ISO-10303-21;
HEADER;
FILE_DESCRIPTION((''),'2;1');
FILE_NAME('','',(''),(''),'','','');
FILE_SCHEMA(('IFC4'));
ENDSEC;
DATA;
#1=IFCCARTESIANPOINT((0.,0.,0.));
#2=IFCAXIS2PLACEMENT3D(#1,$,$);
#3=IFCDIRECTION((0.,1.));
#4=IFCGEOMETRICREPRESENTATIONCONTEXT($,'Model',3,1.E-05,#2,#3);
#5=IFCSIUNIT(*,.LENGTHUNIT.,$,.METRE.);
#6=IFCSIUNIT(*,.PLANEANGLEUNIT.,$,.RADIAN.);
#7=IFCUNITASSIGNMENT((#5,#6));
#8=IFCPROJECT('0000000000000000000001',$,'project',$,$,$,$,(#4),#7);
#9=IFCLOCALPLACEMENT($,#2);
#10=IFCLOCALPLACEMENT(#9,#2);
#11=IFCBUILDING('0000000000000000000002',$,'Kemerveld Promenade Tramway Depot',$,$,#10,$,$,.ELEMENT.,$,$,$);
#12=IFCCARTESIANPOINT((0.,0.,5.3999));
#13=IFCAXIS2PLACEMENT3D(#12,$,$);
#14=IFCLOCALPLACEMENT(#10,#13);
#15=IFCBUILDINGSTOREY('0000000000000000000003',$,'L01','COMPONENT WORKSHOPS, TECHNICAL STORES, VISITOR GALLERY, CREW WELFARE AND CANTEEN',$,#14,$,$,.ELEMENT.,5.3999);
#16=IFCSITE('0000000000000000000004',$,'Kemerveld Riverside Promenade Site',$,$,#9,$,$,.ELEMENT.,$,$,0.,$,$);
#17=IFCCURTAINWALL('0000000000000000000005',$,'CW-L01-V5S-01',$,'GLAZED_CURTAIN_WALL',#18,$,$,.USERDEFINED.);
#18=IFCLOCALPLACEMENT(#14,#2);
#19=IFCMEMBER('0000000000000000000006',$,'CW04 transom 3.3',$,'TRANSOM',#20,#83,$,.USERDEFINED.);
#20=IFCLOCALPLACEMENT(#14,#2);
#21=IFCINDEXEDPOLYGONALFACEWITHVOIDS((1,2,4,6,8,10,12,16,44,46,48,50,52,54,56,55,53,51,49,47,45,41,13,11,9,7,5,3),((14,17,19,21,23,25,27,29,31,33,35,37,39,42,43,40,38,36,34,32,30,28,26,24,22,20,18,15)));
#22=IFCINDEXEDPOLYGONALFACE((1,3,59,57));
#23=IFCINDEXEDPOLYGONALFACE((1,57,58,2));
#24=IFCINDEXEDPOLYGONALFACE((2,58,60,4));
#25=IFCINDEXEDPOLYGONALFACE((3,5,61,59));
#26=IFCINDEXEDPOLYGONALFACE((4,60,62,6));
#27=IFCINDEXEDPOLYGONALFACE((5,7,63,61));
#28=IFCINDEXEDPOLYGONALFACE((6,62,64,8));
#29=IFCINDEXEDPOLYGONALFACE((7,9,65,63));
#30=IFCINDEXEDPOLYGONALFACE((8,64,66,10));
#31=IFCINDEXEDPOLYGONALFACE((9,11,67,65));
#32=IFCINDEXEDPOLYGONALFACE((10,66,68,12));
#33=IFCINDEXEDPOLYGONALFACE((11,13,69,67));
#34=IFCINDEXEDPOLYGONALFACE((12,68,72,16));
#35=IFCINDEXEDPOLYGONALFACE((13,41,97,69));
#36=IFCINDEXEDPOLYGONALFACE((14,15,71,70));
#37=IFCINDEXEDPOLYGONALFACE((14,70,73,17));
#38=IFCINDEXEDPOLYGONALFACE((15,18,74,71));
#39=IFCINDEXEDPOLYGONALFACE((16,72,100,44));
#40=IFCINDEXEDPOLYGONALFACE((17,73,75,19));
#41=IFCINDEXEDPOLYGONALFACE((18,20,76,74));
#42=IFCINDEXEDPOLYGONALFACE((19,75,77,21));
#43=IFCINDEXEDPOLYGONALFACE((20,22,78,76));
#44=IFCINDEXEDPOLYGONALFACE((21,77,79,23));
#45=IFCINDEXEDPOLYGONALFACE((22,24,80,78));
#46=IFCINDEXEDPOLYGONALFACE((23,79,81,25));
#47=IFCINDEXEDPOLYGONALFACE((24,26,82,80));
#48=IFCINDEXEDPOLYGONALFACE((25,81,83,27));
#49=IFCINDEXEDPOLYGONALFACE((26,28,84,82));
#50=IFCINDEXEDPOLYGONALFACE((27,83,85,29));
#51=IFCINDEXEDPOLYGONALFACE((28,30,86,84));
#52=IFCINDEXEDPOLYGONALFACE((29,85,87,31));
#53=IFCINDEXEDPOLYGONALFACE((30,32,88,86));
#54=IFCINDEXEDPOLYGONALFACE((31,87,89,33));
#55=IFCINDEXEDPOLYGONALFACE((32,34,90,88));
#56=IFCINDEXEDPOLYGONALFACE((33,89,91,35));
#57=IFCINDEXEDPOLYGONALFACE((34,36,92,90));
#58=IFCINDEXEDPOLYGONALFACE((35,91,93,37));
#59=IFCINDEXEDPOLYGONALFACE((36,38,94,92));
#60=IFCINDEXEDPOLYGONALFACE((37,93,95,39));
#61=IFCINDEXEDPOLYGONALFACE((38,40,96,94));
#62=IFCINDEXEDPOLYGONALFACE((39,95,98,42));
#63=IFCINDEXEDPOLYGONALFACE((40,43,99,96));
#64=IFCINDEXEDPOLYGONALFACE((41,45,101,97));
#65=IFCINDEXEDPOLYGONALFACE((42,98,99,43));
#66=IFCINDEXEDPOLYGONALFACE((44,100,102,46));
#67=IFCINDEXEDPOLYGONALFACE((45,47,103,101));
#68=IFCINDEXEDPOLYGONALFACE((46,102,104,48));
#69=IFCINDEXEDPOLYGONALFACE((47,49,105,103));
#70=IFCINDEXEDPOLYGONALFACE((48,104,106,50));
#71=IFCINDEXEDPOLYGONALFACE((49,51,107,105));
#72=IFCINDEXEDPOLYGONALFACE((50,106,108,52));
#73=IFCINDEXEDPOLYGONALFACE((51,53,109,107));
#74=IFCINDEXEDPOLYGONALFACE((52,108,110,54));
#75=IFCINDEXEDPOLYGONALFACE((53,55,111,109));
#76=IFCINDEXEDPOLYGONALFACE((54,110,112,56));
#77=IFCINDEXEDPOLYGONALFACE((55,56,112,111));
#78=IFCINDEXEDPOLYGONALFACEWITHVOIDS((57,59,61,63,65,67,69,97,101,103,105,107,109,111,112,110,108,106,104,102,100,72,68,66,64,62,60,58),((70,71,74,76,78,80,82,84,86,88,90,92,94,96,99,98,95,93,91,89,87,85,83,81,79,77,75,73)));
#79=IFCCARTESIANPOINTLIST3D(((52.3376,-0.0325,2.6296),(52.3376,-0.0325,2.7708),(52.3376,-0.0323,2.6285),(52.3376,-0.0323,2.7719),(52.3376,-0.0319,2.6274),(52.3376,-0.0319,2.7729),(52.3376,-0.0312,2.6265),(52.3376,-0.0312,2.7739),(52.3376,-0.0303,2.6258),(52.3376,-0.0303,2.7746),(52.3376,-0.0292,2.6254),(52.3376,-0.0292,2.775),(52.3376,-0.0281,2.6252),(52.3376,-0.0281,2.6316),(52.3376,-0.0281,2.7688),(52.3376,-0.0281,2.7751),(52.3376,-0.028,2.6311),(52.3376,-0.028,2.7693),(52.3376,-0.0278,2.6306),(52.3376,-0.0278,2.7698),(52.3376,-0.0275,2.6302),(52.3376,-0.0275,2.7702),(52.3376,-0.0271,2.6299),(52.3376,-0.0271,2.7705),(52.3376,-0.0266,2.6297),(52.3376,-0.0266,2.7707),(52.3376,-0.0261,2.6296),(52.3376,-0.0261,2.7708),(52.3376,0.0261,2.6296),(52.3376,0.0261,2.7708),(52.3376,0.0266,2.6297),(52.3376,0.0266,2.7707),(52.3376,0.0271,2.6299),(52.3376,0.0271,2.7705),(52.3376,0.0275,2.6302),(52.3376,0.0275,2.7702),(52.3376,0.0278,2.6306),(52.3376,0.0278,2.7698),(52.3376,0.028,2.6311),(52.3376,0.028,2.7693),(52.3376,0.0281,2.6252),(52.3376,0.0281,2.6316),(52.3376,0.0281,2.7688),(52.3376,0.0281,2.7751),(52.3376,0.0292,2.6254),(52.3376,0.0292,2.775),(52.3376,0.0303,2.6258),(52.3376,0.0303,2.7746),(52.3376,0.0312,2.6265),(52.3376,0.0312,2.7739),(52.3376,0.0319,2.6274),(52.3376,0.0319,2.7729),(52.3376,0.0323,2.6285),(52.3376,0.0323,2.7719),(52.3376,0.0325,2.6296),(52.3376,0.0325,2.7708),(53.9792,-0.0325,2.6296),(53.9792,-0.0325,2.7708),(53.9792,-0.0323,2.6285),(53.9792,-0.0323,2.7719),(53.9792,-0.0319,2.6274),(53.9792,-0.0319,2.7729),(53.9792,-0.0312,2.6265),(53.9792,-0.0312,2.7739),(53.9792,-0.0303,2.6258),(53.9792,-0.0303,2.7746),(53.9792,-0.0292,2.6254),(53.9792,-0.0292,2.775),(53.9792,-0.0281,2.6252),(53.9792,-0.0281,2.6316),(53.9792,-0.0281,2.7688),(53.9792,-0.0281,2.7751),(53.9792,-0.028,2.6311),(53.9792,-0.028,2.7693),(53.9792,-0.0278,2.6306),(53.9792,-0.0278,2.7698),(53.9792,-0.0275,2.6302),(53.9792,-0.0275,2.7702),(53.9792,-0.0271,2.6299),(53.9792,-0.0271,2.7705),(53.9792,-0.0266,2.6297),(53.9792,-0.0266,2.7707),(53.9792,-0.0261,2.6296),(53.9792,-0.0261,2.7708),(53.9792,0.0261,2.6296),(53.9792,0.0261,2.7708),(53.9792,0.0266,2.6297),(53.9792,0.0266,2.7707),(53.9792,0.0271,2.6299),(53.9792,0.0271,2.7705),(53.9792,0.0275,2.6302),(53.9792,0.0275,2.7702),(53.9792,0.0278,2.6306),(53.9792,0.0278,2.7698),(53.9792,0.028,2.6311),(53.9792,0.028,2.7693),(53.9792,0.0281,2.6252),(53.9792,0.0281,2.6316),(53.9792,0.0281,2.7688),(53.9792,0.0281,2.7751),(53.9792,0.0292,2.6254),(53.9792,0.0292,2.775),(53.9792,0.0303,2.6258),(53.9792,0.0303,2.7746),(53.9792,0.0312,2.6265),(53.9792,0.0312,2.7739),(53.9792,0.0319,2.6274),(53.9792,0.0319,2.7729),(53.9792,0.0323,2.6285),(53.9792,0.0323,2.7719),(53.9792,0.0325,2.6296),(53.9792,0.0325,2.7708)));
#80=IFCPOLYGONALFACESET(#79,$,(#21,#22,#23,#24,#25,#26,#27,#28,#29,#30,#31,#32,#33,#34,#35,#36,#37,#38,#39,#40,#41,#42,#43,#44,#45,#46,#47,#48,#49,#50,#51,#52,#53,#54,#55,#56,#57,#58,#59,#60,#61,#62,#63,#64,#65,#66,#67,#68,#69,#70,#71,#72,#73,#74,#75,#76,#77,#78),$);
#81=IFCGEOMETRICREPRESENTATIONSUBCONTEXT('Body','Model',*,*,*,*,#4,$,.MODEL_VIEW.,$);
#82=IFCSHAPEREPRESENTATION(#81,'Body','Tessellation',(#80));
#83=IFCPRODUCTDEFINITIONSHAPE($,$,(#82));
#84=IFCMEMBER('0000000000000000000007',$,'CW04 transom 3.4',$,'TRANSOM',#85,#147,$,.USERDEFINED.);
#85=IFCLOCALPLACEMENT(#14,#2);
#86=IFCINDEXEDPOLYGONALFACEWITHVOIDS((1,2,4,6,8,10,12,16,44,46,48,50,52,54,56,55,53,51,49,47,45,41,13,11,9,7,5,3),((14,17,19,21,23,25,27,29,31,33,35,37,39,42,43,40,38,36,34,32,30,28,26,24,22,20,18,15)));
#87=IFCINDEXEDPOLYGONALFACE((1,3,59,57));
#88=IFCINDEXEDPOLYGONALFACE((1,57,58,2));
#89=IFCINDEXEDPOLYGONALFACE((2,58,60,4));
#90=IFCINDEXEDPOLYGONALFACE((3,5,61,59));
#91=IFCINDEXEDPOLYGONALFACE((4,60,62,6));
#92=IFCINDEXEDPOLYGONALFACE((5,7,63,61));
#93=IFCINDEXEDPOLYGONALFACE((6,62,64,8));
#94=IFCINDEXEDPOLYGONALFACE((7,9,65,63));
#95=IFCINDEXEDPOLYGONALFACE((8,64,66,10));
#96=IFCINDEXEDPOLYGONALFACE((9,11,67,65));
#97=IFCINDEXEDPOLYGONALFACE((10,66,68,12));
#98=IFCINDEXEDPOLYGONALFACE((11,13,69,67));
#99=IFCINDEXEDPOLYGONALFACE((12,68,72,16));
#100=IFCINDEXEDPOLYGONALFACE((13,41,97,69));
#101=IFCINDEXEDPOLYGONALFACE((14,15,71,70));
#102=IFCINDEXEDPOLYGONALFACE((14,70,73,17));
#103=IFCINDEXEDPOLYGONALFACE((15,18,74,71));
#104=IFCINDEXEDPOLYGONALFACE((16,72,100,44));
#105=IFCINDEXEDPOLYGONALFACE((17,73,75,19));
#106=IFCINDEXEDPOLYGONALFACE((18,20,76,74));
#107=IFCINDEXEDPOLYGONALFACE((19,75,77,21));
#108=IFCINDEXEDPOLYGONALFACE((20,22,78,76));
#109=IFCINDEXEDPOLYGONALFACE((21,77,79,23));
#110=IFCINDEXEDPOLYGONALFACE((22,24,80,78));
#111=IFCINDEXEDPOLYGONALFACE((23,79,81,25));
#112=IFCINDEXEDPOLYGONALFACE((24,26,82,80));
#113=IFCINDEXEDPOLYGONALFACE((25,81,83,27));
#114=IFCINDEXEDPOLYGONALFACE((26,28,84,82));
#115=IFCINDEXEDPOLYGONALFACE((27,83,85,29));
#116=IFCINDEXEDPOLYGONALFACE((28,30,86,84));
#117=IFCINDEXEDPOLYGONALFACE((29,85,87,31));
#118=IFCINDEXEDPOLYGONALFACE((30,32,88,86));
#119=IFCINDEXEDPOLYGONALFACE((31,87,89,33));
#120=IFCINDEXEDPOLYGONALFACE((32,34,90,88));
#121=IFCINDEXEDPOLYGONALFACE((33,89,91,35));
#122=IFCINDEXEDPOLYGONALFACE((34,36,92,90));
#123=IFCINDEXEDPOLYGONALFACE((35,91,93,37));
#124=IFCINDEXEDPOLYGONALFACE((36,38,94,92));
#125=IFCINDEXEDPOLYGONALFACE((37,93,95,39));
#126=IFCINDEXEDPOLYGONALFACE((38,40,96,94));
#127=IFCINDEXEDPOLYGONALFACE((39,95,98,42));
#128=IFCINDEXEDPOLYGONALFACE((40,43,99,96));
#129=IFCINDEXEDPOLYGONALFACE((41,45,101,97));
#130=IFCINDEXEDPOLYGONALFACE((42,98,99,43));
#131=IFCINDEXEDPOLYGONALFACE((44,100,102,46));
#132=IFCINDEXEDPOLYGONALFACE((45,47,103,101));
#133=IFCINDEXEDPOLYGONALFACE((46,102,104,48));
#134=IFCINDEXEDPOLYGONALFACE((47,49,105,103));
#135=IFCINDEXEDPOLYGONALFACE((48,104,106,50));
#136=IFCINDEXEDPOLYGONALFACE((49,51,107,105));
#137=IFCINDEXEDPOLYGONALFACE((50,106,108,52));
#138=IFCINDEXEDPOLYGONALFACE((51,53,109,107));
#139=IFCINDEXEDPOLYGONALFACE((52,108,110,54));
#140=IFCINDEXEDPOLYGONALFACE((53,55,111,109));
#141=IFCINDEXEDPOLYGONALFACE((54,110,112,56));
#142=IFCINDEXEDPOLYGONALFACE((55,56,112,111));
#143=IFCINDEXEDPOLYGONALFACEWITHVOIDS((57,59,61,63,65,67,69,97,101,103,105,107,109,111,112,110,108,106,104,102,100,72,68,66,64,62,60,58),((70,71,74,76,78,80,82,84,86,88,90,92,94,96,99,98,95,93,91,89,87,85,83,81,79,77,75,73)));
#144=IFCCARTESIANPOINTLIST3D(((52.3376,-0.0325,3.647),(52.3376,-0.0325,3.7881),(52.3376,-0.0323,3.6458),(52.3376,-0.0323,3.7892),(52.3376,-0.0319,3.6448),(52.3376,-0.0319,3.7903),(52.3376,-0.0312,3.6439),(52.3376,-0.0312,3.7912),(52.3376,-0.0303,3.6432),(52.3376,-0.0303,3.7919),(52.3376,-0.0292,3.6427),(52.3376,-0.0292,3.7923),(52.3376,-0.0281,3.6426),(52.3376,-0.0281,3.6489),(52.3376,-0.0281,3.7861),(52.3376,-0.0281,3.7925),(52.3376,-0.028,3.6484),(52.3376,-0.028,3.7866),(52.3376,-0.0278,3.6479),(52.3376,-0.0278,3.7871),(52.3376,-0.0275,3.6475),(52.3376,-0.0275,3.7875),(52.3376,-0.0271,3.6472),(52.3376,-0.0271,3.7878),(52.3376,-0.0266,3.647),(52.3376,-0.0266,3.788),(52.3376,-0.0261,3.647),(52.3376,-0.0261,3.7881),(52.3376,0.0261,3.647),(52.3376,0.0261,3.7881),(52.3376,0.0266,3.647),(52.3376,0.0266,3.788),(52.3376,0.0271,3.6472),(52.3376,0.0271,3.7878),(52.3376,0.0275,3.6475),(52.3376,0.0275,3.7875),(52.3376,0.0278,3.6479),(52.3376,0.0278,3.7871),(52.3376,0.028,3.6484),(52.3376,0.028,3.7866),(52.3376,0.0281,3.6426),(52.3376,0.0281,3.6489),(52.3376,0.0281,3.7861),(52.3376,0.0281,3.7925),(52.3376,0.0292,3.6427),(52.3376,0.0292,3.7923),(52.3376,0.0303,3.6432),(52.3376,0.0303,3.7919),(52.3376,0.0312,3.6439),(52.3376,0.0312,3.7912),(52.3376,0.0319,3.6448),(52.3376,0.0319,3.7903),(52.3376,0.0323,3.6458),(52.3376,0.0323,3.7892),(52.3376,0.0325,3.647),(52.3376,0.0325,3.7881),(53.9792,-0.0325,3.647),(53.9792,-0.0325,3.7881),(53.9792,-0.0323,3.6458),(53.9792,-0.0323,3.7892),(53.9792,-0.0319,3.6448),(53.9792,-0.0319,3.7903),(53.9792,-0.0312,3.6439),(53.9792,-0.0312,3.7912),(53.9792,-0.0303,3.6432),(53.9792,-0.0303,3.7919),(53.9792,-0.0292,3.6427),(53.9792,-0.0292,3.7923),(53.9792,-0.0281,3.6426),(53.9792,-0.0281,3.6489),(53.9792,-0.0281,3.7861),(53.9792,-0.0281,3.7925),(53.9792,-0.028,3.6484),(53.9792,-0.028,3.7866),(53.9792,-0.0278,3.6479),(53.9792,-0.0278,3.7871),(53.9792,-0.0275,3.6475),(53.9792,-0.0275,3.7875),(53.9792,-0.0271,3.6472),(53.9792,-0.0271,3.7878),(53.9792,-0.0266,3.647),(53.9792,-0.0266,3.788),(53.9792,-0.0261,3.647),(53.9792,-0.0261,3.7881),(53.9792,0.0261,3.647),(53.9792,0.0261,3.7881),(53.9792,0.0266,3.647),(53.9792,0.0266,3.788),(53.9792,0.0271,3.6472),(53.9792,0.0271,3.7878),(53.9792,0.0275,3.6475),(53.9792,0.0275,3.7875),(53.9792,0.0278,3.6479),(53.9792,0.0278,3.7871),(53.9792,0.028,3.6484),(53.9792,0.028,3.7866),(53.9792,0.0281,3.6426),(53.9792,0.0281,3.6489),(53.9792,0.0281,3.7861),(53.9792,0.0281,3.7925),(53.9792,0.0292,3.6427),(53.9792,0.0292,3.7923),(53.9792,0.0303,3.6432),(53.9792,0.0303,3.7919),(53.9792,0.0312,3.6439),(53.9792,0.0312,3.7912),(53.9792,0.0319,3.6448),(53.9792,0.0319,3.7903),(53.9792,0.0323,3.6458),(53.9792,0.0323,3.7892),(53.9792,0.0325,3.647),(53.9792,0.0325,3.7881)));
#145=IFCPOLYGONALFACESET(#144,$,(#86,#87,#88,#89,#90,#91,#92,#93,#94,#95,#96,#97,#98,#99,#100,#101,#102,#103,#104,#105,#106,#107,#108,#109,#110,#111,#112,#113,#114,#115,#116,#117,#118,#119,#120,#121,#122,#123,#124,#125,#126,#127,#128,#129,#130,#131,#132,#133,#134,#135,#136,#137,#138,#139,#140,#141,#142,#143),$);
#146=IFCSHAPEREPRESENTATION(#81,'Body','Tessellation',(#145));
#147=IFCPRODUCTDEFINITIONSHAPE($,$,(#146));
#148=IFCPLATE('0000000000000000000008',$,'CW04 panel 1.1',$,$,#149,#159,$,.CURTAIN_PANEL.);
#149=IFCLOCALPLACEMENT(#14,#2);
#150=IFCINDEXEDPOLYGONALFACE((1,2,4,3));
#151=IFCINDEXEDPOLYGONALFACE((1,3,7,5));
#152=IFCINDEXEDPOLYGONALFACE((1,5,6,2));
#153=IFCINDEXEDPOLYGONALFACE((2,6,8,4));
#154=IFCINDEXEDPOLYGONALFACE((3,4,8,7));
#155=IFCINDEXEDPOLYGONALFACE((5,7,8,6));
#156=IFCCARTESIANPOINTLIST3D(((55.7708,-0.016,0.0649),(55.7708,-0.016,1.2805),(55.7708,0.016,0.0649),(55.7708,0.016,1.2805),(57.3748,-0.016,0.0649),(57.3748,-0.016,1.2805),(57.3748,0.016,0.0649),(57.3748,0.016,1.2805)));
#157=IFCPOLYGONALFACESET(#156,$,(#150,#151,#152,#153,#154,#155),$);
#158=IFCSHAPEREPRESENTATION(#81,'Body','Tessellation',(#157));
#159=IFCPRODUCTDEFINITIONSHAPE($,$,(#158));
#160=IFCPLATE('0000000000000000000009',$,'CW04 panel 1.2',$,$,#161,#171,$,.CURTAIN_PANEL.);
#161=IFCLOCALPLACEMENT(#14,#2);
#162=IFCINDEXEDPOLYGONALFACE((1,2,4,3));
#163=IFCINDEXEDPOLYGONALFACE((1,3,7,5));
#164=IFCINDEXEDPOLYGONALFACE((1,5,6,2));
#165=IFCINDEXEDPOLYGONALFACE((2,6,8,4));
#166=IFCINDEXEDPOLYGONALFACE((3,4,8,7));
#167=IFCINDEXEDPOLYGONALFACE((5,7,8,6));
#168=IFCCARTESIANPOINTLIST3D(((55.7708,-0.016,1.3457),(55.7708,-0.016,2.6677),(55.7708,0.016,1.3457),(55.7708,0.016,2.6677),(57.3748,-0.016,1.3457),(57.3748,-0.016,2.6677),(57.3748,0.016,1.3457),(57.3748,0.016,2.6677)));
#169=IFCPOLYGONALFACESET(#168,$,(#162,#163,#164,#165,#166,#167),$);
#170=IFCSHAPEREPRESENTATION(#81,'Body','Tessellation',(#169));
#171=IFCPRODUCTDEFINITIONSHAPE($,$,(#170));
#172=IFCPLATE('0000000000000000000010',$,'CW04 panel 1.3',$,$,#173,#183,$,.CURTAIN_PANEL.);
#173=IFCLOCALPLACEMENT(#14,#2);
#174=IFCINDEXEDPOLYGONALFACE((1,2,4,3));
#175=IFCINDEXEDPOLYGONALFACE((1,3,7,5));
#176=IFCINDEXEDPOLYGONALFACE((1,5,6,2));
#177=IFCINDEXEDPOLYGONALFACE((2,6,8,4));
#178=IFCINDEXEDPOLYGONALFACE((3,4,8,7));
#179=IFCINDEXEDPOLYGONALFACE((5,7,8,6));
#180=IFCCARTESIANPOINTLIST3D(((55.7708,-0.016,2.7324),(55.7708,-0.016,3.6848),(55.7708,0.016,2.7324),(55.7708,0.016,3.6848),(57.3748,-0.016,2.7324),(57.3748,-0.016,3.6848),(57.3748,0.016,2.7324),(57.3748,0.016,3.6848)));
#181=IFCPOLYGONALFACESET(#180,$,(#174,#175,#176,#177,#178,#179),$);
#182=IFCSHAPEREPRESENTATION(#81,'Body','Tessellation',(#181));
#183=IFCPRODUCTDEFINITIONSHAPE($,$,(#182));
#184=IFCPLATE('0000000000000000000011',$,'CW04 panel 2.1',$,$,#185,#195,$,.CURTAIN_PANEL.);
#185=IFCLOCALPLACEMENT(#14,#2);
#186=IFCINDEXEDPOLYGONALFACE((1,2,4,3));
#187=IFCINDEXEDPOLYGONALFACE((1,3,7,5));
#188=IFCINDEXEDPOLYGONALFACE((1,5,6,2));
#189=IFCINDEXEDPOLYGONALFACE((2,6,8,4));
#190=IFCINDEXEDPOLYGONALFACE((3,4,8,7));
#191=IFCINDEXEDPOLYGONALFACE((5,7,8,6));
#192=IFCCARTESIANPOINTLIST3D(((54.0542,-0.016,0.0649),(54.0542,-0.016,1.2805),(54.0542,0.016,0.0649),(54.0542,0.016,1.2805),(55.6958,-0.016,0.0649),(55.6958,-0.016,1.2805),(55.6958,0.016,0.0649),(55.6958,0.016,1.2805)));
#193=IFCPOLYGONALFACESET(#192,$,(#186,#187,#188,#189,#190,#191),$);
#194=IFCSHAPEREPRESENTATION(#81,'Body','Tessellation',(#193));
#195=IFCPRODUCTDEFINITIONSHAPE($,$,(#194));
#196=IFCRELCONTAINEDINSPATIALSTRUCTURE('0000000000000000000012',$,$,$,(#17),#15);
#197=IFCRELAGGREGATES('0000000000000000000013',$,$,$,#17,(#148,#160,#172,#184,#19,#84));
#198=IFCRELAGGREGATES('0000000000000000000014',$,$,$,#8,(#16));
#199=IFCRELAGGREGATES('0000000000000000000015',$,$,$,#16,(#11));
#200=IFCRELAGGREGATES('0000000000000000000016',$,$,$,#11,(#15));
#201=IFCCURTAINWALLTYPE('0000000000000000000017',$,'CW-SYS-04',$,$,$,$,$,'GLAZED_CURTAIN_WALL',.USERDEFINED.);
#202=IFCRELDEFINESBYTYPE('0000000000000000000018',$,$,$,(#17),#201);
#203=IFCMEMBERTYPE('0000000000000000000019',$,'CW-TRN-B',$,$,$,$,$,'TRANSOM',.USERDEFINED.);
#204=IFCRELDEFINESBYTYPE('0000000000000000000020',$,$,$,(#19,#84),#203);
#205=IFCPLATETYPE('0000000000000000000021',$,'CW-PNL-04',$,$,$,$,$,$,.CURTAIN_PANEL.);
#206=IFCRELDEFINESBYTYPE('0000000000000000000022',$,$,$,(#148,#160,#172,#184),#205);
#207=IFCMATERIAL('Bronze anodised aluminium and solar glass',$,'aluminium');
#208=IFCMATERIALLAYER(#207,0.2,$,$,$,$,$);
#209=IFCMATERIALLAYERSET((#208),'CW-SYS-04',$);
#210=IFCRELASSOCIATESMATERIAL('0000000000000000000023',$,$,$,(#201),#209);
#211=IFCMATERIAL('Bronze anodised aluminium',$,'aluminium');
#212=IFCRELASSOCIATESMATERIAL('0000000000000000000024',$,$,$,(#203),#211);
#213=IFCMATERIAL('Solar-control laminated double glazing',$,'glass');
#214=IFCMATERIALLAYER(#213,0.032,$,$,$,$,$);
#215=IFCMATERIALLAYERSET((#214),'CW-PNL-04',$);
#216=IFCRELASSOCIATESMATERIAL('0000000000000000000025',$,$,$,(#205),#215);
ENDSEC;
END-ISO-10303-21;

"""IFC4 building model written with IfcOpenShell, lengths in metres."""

from ifc_helpers import new_model, si_unit, direction, frame, origin, origin_2d, place, context, subcontext, project, spatial, rectangle, hollow_rectangle, extrude, material, layer, layer_set, material_profile, profile_set, type_object, element, aggregate, save


model = new_model("IFC4")

# Units and contexts
model_context = context("Model", 3, precision=1e-05, world=origin(), true_north=direction((0.0, 1.0)))
body_context = subcontext(model_context, "Body", "Model", "MODEL_VIEW")
ifc_project = project(units=[si_unit("LENGTHUNIT", "METRE"), si_unit("PLANEANGLEUNIT", "RADIAN")], contexts=[model_context])

# Site, building, storey
site_placement = place(None, origin())
site = spatial("IfcSite", under=ifc_project, at=site_placement, Name="Kemerveld Riverside Promenade Site", CompositionType="ELEMENT", RefElevation=0.0)
building_placement = place(site_placement, origin())
building = spatial("IfcBuilding", under=site, at=building_placement, Name="Kemerveld Promenade Tramway Depot", CompositionType="ELEMENT")
storey_placement = place(building_placement, frame((0.0, 0.0, 5.3999)))
storey = spatial("IfcBuildingStorey", under=building, at=storey_placement, Name="L01", Description="COMPONENT WORKSHOPS, TECHNICAL STORES, VISITOR GALLERY, CREW WELFARE AND CANTEEN", CompositionType="ELEMENT", Elevation=5.3999)

# Curtain wall, members, plates
ifc_material_1 = material(Name="Bronze anodised aluminium and solar glass", Category="aluminium")
ifc_layer_1 = layer(ifc_material_1, 0.2)
ifc_layer_set_1 = layer_set([ifc_layer_1], Name="CW-SYS-04")
curtain_wall_type = type_object("IfcCurtainWallType", Name="CW-SYS-04", ElementType="GLAZED_CURTAIN_WALL", PredefinedType="USERDEFINED", material=ifc_layer_set_1)
curtain_wall_placement = place(storey_placement, origin())
curtain_wall = element("IfcCurtainWall", 1, at=curtain_wall_placement, inside=storey, type_object=curtain_wall_type, Name="CW-L01-V5S-01", ObjectType="GLAZED_CURTAIN_WALL", PredefinedType="USERDEFINED")
ifc_material_2 = material(Name="Bronze anodised aluminium", Category="aluminium")
ifc_material_profile_1 = material_profile(ifc_material_2, hollow_rectangle(XDim=0.0649, YDim=0.1499, WallThickness=0.0044, InnerFilletRadius=0.002, OuterFilletRadius=0.0044, at=origin_2d()), Name="CW-TRN-150x65")
ifc_profile_set_1 = profile_set([ifc_material_profile_1], Name="Bronze anodised aluminium")
member_type_1 = type_object("IfcMemberType", Name="CW-TRN-B", ElementType="TRANSOM", PredefinedType="USERDEFINED", material=ifc_profile_set_1)
member_1_placement = place(storey_placement, frame((53.9792, 0.0, 2.7002), z_axis=(-1.0, 0.0, 0.0), x_axis=(0.0, -1.0, 0.0)))
member_1 = element("IfcMember", 2, at=member_1_placement, type_object=member_type_1, Name="CW04 transom 3.3", ObjectType="TRANSOM", PredefinedType="USERDEFINED", context=body_context, shape_type="SweptSolid", body=[
    extrude(hollow_rectangle(XDim=0.0649, YDim=0.1499, WallThickness=0.0044, InnerFilletRadius=0.002, OuterFilletRadius=0.0044, at=origin_2d()), origin(), (0.0, 0.0, 1.0), 1.6416),
])
member_2_placement = place(storey_placement, frame((53.9792, 0.0, 3.7175), z_axis=(-1.0, 0.0, 0.0), x_axis=(0.0, -1.0, 0.0)))
member_2 = element("IfcMember", 3, at=member_2_placement, type_object=member_type_1, Name="CW04 transom 3.4", ObjectType="TRANSOM", PredefinedType="USERDEFINED", context=body_context, shape_type="SweptSolid", body=[
    extrude(hollow_rectangle(XDim=0.0649, YDim=0.1499, WallThickness=0.0044, InnerFilletRadius=0.002, OuterFilletRadius=0.0044, at=origin_2d()), origin(), (0.0, 0.0, 1.0), 1.6416),
])
ifc_material_3 = material(Name="Solar-control laminated double glazing", Category="glass")
ifc_layer_2 = layer(ifc_material_3, 0.032)
ifc_layer_set_2 = layer_set([ifc_layer_2], Name="CW-PNL-04")
plate_type = type_object("IfcPlateType", Name="CW-PNL-04", PredefinedType="CURTAIN_PANEL", material=ifc_layer_set_2)
plate_1_placement = place(storey_placement, frame((56.5728, 0.0, 0.0649), z_axis=(0.0, 0.0, 1.0), x_axis=(-1.0, 0.0, 0.0)))
plate_1 = element("IfcPlate", 4, at=plate_1_placement, type_object=plate_type, Name="CW04 panel 1.1", PredefinedType="CURTAIN_PANEL", context=body_context, shape_type="SweptSolid", body=[
    extrude(rectangle(XDim=1.604, YDim=0.032, at=origin_2d()), origin(), (0.0, 0.0, 1.0), 1.2156),
])
plate_2_placement = place(storey_placement, frame((56.5728, 0.0, 1.3457), z_axis=(0.0, 0.0, 1.0), x_axis=(-1.0, 0.0, 0.0)))
plate_2 = element("IfcPlate", 5, at=plate_2_placement, type_object=plate_type, Name="CW04 panel 1.2", PredefinedType="CURTAIN_PANEL", context=body_context, shape_type="SweptSolid", body=[
    extrude(rectangle(XDim=1.604, YDim=0.032, at=origin_2d()), origin(), (0.0, 0.0, 1.0), 1.322),
])
plate_3_placement = place(storey_placement, frame((56.5728, 0.0, 2.7324), z_axis=(0.0, 0.0, 1.0), x_axis=(-1.0, 0.0, 0.0)))
plate_3 = element("IfcPlate", 6, at=plate_3_placement, type_object=plate_type, Name="CW04 panel 1.3", PredefinedType="CURTAIN_PANEL", context=body_context, shape_type="SweptSolid", body=[
    extrude(rectangle(XDim=1.604, YDim=0.032, at=origin_2d()), origin(), (0.0, 0.0, 1.0), 0.9524),
])
plate_4_placement = place(storey_placement, frame((54.875, 0.0, 0.0649), z_axis=(0.0, 0.0, 1.0), x_axis=(-1.0, 0.0, 0.0)))
plate_4 = element("IfcPlate", 7, at=plate_4_placement, type_object=plate_type, Name="CW04 panel 2.1", PredefinedType="CURTAIN_PANEL", context=body_context, shape_type="SweptSolid", body=[
    extrude(rectangle(XDim=1.6416, YDim=0.032, at=origin_2d()), origin(), (0.0, 0.0, 1.0), 1.2156),
])
aggregate(curtain_wall, [plate_1, plate_2, plate_3, plate_4, member_1, member_2])

save(model, "model.ifc")
